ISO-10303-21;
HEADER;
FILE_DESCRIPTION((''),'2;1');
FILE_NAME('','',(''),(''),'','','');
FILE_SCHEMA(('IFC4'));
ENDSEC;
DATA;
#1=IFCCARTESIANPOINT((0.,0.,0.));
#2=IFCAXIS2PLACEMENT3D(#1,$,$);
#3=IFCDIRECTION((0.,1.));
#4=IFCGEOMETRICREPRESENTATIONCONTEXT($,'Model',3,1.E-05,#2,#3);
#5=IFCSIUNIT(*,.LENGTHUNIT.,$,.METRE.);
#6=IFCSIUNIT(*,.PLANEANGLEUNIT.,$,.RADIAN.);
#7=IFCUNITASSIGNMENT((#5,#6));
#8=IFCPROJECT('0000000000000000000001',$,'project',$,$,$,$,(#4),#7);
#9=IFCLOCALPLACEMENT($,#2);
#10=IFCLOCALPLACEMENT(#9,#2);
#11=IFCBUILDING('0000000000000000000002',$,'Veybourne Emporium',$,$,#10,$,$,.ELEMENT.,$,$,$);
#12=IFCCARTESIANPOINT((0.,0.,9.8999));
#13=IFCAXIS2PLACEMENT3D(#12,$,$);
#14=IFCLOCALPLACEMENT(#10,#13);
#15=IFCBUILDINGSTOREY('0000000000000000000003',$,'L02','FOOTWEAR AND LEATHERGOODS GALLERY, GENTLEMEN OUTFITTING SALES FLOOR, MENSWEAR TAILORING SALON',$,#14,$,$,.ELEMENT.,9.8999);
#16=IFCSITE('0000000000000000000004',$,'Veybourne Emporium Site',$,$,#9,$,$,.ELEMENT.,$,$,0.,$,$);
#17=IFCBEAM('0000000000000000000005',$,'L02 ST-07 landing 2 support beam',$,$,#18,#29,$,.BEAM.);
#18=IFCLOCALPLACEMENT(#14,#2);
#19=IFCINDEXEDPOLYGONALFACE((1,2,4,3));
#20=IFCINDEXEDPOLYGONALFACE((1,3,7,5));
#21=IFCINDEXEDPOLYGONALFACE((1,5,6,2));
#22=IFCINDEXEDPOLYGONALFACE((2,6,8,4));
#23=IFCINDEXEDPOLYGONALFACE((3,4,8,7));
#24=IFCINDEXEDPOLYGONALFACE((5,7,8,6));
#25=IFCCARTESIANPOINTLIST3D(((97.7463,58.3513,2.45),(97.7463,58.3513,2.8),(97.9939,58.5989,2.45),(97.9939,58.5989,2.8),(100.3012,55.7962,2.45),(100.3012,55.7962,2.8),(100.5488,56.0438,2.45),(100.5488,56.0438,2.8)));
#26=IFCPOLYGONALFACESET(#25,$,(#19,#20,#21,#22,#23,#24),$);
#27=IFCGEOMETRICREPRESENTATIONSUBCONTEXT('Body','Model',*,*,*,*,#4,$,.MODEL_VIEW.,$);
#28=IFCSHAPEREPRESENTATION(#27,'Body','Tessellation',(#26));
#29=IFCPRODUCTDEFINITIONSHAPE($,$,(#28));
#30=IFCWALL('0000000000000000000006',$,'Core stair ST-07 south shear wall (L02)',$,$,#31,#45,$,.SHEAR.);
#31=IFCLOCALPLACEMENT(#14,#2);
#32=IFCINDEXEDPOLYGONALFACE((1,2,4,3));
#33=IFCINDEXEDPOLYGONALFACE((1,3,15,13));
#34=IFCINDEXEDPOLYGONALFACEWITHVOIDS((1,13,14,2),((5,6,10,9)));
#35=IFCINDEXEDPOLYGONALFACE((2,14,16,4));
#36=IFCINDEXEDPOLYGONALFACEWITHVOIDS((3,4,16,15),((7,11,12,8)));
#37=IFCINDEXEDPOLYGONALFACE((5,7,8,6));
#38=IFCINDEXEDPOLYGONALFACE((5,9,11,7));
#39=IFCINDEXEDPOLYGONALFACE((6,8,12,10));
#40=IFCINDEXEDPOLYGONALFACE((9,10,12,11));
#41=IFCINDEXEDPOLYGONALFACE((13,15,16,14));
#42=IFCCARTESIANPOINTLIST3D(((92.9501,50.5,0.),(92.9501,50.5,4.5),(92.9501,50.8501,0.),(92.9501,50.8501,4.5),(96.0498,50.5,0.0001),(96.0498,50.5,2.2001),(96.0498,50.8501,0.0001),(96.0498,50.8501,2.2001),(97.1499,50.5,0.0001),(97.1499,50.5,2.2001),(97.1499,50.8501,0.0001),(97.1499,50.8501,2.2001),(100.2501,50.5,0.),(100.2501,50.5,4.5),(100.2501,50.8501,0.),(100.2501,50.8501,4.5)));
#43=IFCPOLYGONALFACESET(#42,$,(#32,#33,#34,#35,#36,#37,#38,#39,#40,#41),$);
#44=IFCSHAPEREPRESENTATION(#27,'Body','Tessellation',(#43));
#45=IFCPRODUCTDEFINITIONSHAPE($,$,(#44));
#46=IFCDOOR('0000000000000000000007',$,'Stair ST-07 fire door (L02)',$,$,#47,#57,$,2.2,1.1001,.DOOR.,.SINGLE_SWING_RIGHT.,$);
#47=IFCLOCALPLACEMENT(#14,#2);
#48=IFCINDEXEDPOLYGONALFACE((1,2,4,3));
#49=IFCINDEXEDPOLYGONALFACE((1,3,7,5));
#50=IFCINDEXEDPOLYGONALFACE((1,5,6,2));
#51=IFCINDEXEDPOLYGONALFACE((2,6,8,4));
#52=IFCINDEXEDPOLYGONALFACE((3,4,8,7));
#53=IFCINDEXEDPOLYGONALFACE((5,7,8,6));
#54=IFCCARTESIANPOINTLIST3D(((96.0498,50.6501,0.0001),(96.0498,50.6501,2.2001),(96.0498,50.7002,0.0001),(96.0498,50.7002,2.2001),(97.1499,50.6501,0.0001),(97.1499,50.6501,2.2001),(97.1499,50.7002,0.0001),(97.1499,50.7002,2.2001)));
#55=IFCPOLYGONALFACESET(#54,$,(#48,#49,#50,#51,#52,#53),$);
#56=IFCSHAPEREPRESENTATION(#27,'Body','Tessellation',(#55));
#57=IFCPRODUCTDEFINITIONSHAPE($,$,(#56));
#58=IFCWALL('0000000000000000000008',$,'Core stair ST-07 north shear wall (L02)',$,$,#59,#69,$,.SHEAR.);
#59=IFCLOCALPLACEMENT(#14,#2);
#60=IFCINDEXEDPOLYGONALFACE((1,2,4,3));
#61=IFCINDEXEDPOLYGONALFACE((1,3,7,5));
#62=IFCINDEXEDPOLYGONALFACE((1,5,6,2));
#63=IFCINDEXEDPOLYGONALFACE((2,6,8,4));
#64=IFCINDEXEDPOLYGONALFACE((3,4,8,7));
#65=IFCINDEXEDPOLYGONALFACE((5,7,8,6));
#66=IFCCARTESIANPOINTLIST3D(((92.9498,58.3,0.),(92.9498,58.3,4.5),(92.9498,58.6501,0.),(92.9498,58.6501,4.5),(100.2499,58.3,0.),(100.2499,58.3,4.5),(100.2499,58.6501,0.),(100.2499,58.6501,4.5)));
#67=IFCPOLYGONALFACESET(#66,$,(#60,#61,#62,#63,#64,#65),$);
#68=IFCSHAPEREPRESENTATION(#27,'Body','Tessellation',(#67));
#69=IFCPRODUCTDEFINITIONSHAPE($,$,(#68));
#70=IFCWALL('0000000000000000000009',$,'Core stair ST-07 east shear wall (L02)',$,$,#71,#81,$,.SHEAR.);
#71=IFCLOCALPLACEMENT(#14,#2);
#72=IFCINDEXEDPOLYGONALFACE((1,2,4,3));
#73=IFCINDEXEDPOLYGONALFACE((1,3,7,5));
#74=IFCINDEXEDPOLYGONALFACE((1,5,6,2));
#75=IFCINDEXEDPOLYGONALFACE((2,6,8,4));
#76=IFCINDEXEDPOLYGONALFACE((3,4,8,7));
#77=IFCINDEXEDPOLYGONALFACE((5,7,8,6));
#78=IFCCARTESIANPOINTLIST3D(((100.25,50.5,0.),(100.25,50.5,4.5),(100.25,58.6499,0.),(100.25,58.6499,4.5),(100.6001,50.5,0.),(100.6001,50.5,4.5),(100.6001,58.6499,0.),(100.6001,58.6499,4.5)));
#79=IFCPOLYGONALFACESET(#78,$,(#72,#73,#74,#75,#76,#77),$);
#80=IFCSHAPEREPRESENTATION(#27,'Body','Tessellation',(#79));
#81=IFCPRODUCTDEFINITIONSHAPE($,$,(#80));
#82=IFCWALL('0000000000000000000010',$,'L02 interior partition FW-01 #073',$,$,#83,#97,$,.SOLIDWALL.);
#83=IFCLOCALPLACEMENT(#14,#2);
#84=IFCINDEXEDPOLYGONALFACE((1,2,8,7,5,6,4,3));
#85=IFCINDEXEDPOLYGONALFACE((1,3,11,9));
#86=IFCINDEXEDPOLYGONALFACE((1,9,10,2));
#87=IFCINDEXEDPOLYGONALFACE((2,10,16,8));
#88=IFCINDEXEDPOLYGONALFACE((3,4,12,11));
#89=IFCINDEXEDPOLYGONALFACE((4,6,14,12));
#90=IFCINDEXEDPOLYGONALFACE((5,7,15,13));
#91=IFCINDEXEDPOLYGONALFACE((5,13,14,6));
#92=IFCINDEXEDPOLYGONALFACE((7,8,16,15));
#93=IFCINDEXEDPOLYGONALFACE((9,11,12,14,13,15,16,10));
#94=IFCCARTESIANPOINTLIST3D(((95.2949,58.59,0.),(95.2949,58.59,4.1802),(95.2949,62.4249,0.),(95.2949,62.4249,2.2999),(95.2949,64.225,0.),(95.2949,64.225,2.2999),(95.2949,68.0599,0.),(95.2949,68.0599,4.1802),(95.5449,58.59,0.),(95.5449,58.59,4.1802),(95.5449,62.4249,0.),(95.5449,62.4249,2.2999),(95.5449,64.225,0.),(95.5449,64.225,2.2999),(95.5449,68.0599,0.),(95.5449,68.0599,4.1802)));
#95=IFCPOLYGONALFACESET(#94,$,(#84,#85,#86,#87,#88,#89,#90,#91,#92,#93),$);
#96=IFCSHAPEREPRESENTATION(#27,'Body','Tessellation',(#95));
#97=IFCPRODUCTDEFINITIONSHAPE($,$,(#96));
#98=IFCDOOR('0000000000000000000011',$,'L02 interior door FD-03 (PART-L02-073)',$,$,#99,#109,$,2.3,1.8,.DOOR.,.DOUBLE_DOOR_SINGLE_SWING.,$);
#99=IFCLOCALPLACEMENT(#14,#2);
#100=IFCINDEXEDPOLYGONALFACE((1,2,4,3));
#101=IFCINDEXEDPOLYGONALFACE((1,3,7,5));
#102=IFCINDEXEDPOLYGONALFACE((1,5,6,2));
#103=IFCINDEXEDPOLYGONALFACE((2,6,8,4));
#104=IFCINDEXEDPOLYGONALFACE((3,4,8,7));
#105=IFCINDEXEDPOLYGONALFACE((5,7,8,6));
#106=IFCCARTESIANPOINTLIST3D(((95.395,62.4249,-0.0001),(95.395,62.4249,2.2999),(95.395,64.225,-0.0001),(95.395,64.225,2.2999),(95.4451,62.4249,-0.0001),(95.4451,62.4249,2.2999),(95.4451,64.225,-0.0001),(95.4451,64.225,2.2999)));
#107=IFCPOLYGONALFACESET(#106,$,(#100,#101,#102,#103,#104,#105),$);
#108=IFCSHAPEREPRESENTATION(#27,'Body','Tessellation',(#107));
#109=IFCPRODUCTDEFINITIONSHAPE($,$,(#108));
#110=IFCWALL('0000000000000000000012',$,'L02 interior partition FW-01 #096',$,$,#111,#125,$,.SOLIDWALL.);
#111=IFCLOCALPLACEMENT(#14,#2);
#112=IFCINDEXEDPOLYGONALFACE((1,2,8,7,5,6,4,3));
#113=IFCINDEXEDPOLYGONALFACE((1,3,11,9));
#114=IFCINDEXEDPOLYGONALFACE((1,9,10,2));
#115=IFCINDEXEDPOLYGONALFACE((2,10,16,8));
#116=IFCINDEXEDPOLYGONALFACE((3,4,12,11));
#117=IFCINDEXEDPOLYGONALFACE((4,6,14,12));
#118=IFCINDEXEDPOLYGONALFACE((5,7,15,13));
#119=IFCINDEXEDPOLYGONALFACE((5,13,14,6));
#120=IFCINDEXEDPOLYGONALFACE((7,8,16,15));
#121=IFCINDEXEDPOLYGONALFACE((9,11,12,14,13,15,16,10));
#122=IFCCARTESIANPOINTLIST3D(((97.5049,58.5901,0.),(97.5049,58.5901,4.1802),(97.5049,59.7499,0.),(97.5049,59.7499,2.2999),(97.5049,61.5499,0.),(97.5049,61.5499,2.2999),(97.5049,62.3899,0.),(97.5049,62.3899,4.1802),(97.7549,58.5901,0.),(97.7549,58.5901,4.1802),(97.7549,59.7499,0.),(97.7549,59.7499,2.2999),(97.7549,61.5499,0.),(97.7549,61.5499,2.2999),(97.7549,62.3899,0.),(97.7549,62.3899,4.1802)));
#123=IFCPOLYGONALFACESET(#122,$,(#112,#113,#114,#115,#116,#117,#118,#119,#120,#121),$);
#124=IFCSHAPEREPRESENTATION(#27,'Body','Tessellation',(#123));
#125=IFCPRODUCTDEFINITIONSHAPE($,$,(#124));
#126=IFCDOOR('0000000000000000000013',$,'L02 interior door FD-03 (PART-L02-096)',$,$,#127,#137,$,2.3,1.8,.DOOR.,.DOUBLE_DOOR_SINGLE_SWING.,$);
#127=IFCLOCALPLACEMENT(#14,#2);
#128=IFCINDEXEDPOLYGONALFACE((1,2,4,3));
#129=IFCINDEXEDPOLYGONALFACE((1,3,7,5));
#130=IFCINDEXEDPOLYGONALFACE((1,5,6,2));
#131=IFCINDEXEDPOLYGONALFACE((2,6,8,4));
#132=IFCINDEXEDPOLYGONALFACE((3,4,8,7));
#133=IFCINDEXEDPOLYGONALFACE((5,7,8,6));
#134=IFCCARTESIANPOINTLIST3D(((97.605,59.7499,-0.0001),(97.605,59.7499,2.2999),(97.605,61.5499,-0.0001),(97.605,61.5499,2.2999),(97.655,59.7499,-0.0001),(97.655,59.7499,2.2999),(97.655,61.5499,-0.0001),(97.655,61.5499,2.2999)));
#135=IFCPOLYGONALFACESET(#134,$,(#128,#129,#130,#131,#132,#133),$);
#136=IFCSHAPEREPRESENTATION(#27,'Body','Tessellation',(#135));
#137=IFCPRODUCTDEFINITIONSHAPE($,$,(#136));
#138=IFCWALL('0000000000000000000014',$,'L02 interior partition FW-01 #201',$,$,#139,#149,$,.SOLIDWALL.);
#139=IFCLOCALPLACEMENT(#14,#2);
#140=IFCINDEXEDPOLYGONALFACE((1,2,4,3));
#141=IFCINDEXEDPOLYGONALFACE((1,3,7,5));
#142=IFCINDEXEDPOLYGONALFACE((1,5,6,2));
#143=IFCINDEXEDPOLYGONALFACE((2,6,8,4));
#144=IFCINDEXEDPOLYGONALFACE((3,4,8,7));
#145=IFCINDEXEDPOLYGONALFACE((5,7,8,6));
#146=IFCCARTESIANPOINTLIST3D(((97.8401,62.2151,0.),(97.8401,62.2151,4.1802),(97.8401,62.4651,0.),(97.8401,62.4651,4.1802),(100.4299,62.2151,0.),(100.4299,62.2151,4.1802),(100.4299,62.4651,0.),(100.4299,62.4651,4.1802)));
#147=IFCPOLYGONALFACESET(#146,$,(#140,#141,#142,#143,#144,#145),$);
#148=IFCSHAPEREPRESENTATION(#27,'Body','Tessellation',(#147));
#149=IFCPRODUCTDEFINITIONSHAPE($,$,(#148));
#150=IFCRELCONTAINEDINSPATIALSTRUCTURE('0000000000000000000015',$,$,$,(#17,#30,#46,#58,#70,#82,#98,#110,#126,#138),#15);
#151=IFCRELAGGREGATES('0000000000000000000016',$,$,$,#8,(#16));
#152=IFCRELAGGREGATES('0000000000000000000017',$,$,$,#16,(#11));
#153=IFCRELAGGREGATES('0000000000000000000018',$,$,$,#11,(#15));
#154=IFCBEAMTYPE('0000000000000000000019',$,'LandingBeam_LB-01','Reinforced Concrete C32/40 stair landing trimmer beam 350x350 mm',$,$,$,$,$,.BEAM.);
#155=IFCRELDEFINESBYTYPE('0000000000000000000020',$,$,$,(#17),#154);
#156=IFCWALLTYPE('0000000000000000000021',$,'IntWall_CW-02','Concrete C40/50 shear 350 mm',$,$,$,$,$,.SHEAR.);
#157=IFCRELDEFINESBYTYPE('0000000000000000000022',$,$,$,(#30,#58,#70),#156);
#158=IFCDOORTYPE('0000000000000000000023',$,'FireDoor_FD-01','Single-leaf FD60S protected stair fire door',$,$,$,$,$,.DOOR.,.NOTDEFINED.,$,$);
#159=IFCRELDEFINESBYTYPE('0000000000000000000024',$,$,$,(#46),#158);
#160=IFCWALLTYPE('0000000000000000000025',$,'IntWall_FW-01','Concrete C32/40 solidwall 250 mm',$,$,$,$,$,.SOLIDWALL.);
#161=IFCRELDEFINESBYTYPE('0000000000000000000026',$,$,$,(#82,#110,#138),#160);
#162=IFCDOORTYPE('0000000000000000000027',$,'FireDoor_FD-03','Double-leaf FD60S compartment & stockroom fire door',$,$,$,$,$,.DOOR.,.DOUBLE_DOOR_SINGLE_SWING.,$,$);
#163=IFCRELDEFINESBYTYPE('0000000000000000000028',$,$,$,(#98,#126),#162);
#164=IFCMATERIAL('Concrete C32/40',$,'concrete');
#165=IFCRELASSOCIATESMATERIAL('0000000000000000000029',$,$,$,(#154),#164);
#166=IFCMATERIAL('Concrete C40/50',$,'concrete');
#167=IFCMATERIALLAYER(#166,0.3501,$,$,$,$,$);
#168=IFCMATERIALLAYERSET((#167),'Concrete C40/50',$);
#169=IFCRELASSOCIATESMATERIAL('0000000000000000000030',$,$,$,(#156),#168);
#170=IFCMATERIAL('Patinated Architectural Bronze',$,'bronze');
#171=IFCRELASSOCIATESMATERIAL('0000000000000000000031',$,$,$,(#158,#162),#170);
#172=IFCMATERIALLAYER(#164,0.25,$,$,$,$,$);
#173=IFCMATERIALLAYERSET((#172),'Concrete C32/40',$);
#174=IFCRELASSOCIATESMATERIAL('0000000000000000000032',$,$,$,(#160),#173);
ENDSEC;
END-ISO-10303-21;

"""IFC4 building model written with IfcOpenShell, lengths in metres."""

from ifc_helpers import new_model, si_unit, direction, frame, frame_2d, origin, origin_2d, place, context, subcontext, project, spatial, rectangle, extrude, material, layer, layer_set, material_profile, profile_set, type_object, element, fill, save


model = new_model("IFC4")

# Units and contexts
model_context = context("Model", 3, precision=1e-05, world=origin(), true_north=direction((0.0, 1.0)))
body_context = subcontext(model_context, "Body", "Model", "MODEL_VIEW")
ifc_project = project(units=[si_unit("LENGTHUNIT", "METRE"), si_unit("PLANEANGLEUNIT", "RADIAN")], contexts=[model_context])

# Site, building, storey
site_placement = place(None, origin())
site = spatial("IfcSite", under=ifc_project, at=site_placement, Name="Veybourne Emporium Site", CompositionType="ELEMENT", RefElevation=0.0)
building_placement = place(site_placement, origin())
building = spatial("IfcBuilding", under=site, at=building_placement, Name="Veybourne Emporium", CompositionType="ELEMENT")
storey_placement = place(building_placement, frame((0.0, 0.0, 9.8999)))
storey = spatial("IfcBuildingStorey", under=building, at=storey_placement, Name="L02", Description="FOOTWEAR AND LEATHERGOODS GALLERY, GENTLEMEN OUTFITTING SALES FLOOR, MENSWEAR TAILORING SALON", CompositionType="ELEMENT", Elevation=9.8999)

# Beam
ifc_material_1 = material(Name="Concrete C32/40", Category="concrete")
ifc_material_profile = material_profile(ifc_material_1, rectangle(XDim=0.3501, YDim=0.3501, at=origin_2d()), Name="RC 350x350")
ifc_profile_set = profile_set([ifc_material_profile], Name="Concrete C32/40")
beam_type = type_object("IfcBeamType", Name="LandingBeam_LB-01", Description="Reinforced Concrete C32/40 stair landing trimmer beam 350x350 mm", PredefinedType="BEAM", material=ifc_profile_set)
beam_placement = place(storey_placement, frame((97.8701, 58.4751, 2.625), z_axis=(0.707073, -0.707141, 0.0), x_axis=(0.707141, 0.707073, 0.0)))
element("IfcBeam", 1, at=beam_placement, inside=storey, type_object=beam_type, Name="L02 ST-07 landing 2 support beam", PredefinedType="BEAM", context=body_context, shape_type="SweptSolid", body=[
    extrude(rectangle(XDim=0.3501, YDim=0.3501, at=origin_2d()), origin(), (0.0, 0.0, 1.0), 3.6133),
])

# Wall, opening, door
ifc_material_2 = material(Name="Concrete C40/50", Category="concrete")
ifc_layer_1 = layer(ifc_material_2, 0.3501)
ifc_layer_set_1 = layer_set([ifc_layer_1], Name="Concrete C40/50")
wall_type_1 = type_object("IfcWallType", Name="IntWall_CW-02", Description="Concrete C40/50 shear 350 mm", PredefinedType="SHEAR", material=ifc_layer_set_1)
wall_1_placement = place(storey_placement, frame((100.25, 50.675, 0.0), z_axis=(0.0, 0.0, 1.0), x_axis=(-1.0, 0.0, 0.0)))
wall_1 = element("IfcWall", 2, at=wall_1_placement, inside=storey, type_object=wall_type_1, Name="Core stair ST-07 south shear wall (L02)", PredefinedType="SHEAR", context=body_context, shape_type="SweptSolid", body=[
    extrude(rectangle(XDim=7.3, YDim=0.3501, at=frame_2d((3.6499, 0.0))), origin(), (0.0, 0.0, 1.0), 4.5),
])
opening_1_placement = place(wall_1_placement, frame((3.1001, 0.0, 0.0)))
opening_1 = element("IfcOpeningElement", 3, at=opening_1_placement, cuts=wall_1, PredefinedType="OPENING", context=body_context, shape_type="SweptSolid", body=[
    extrude(rectangle(XDim=1.1001, YDim=2.2, at=frame_2d((0.55, 1.1001))), frame((0.0, 0.1951, 0.0), z_axis=(0.0, -1.0, 0.0), x_axis=(1.0, 0.0, 0.0)), (0.0, 0.0, 1.0), 0.3901),
])
ifc_material_3 = material(Name="Patinated Architectural Bronze", Category="bronze")
door_type_1 = type_object("IfcDoorType", Name="FireDoor_FD-01", Description="Single-leaf FD60S protected stair fire door", OperationType="NOTDEFINED", PredefinedType="DOOR", material=ifc_material_3)
door_1_placement = place(opening_1_placement, origin())
door_1 = element("IfcDoor", 4, at=door_1_placement, inside=storey, type_object=door_type_1, Name="Stair ST-07 fire door (L02)", OperationType="SINGLE_SWING_RIGHT", OverallHeight=2.2, OverallWidth=1.1001, PredefinedType="DOOR", context=body_context, shape_type="SweptSolid", body=[
    extrude(rectangle(XDim=1.1001, YDim=2.2, at=frame_2d((0.55, 1.1001))), frame((0.0, 0.0249, 0.0), z_axis=(0.0, -1.0, 0.0), x_axis=(1.0, 0.0, 0.0)), (0.0, 0.0, 1.0), 0.05),
])
fill(opening_1, door_1)

# Walls
wall_2_placement = place(storey_placement, frame((92.95, 58.4751, 0.0), z_axis=(0.0, 0.0, 1.0), x_axis=(1.0, 0.0, 0.0)))
element("IfcWall", 5, at=wall_2_placement, inside=storey, type_object=wall_type_1, Name="Core stair ST-07 north shear wall (L02)", PredefinedType="SHEAR", context=body_context, shape_type="SweptSolid", body=[
    extrude(rectangle(XDim=7.3, YDim=0.3501, at=frame_2d((3.6499, 0.0))), origin(), (0.0, 0.0, 1.0), 4.5),
])
wall_3_placement = place(storey_placement, frame((100.425, 50.5, 0.0), z_axis=(0.0, 0.0, 1.0), x_axis=(0.0, 1.0, 0.0)))
element("IfcWall", 6, at=wall_3_placement, inside=storey, type_object=wall_type_1, Name="Core stair ST-07 east shear wall (L02)", PredefinedType="SHEAR", context=body_context, shape_type="SweptSolid", body=[
    extrude(rectangle(XDim=8.1499, YDim=0.3501, at=frame_2d((4.075, 0.0))), origin(), (0.0, 0.0, 1.0), 4.5),
])

# Walls, openings, doors
ifc_layer_2 = layer(ifc_material_1, 0.25)
ifc_layer_set_2 = layer_set([ifc_layer_2], Name="Concrete C32/40")
wall_type_2 = type_object("IfcWallType", Name="IntWall_FW-01", Description="Concrete C32/40 solidwall 250 mm", PredefinedType="SOLIDWALL", material=ifc_layer_set_2)
wall_4_placement = place(storey_placement, frame((95.4199, 58.5901, 0.0), z_axis=(0.0, 0.0, 1.0), x_axis=(0.0, 1.0, 0.0)))
wall_4 = element("IfcWall", 7, at=wall_4_placement, inside=storey, type_object=wall_type_2, Name="L02 interior partition FW-01 #073", PredefinedType="SOLIDWALL", context=body_context, shape_type="SweptSolid", body=[
    extrude(rectangle(XDim=9.47, YDim=0.25, at=frame_2d((4.7349, 0.0))), origin(), (0.0, 0.0, 1.0), 4.1802),
])
opening_2_placement = place(wall_4_placement, frame((3.835, 0.0, 0.0)))
opening_2 = element("IfcOpeningElement", 8, at=opening_2_placement, cuts=wall_4, PredefinedType="OPENING", context=body_context, shape_type="SweptSolid", body=[
    extrude(rectangle(XDim=1.8, YDim=2.3, at=frame_2d((0.8999, 1.1499))), frame((0.0, 0.145, 0.0), z_axis=(0.0, -1.0, 0.0), x_axis=(1.0, 0.0, 0.0)), (0.0, 0.0, 1.0), 0.29),
])
door_type_2 = type_object("IfcDoorType", Name="FireDoor_FD-03", Description="Double-leaf FD60S compartment & stockroom fire door", OperationType="DOUBLE_DOOR_SINGLE_SWING", PredefinedType="DOOR", material=ifc_material_3)
door_2_placement = place(opening_2_placement, origin())
door_2 = element("IfcDoor", 9, at=door_2_placement, inside=storey, type_object=door_type_2, Name="L02 interior door FD-03 (PART-L02-073)", OperationType="DOUBLE_DOOR_SINGLE_SWING", OverallHeight=2.3, OverallWidth=1.8, PredefinedType="DOOR", context=body_context, shape_type="SweptSolid", body=[
    extrude(rectangle(XDim=1.8, YDim=2.3, at=frame_2d((0.8999, 1.1499))), frame((0.0, 0.0249, 0.0), z_axis=(0.0, -1.0, 0.0), x_axis=(1.0, 0.0, 0.0)), (0.0, 0.0, 1.0), 0.05),
])
fill(opening_2, door_2)
wall_5_placement = place(storey_placement, frame((97.6299, 58.5901, 0.0), z_axis=(0.0, 0.0, 1.0), x_axis=(0.0, 1.0, 0.0)))
wall_5 = element("IfcWall", 10, at=wall_5_placement, inside=storey, type_object=wall_type_2, Name="L02 interior partition FW-01 #096", PredefinedType="SOLIDWALL", context=body_context, shape_type="SweptSolid", body=[
    extrude(rectangle(XDim=3.7998, YDim=0.25, at=frame_2d((1.8999, 0.0))), origin(), (0.0, 0.0, 1.0), 4.1802),
])
opening_3_placement = place(wall_5_placement, frame((1.1599, 0.0, 0.0)))
opening_3 = element("IfcOpeningElement", 11, at=opening_3_placement, cuts=wall_5, PredefinedType="OPENING", context=body_context, shape_type="SweptSolid", body=[
    extrude(rectangle(XDim=1.8, YDim=2.3, at=frame_2d((0.8999, 1.1499))), frame((0.0, 0.145, 0.0), z_axis=(0.0, -1.0, 0.0), x_axis=(1.0, 0.0, 0.0)), (0.0, 0.0, 1.0), 0.29),
])
door_3_placement = place(opening_3_placement, origin())
door_3 = element("IfcDoor", 12, at=door_3_placement, inside=storey, type_object=door_type_2, Name="L02 interior door FD-03 (PART-L02-096)", OperationType="DOUBLE_DOOR_SINGLE_SWING", OverallHeight=2.3, OverallWidth=1.8, PredefinedType="DOOR", context=body_context, shape_type="SweptSolid", body=[
    extrude(rectangle(XDim=1.8, YDim=2.3, at=frame_2d((0.8999, 1.1499))), frame((0.0, 0.0249, 0.0), z_axis=(0.0, -1.0, 0.0), x_axis=(1.0, 0.0, 0.0)), (0.0, 0.0, 1.0), 0.05),
])
fill(opening_3, door_3)

# Wall
wall_6_placement = place(storey_placement, frame((97.8401, 62.3401, 0.0), z_axis=(0.0, 0.0, 1.0), x_axis=(1.0, 0.0, 0.0)))
element("IfcWall", 13, at=wall_6_placement, inside=storey, type_object=wall_type_2, Name="L02 interior partition FW-01 #201", PredefinedType="SOLIDWALL", context=body_context, shape_type="SweptSolid", body=[
    extrude(rectangle(XDim=2.5898, YDim=0.25, at=frame_2d((1.2949, 0.0))), origin(), (0.0, 0.0, 1.0), 4.1802),
])

save(model, "model.ifc")
